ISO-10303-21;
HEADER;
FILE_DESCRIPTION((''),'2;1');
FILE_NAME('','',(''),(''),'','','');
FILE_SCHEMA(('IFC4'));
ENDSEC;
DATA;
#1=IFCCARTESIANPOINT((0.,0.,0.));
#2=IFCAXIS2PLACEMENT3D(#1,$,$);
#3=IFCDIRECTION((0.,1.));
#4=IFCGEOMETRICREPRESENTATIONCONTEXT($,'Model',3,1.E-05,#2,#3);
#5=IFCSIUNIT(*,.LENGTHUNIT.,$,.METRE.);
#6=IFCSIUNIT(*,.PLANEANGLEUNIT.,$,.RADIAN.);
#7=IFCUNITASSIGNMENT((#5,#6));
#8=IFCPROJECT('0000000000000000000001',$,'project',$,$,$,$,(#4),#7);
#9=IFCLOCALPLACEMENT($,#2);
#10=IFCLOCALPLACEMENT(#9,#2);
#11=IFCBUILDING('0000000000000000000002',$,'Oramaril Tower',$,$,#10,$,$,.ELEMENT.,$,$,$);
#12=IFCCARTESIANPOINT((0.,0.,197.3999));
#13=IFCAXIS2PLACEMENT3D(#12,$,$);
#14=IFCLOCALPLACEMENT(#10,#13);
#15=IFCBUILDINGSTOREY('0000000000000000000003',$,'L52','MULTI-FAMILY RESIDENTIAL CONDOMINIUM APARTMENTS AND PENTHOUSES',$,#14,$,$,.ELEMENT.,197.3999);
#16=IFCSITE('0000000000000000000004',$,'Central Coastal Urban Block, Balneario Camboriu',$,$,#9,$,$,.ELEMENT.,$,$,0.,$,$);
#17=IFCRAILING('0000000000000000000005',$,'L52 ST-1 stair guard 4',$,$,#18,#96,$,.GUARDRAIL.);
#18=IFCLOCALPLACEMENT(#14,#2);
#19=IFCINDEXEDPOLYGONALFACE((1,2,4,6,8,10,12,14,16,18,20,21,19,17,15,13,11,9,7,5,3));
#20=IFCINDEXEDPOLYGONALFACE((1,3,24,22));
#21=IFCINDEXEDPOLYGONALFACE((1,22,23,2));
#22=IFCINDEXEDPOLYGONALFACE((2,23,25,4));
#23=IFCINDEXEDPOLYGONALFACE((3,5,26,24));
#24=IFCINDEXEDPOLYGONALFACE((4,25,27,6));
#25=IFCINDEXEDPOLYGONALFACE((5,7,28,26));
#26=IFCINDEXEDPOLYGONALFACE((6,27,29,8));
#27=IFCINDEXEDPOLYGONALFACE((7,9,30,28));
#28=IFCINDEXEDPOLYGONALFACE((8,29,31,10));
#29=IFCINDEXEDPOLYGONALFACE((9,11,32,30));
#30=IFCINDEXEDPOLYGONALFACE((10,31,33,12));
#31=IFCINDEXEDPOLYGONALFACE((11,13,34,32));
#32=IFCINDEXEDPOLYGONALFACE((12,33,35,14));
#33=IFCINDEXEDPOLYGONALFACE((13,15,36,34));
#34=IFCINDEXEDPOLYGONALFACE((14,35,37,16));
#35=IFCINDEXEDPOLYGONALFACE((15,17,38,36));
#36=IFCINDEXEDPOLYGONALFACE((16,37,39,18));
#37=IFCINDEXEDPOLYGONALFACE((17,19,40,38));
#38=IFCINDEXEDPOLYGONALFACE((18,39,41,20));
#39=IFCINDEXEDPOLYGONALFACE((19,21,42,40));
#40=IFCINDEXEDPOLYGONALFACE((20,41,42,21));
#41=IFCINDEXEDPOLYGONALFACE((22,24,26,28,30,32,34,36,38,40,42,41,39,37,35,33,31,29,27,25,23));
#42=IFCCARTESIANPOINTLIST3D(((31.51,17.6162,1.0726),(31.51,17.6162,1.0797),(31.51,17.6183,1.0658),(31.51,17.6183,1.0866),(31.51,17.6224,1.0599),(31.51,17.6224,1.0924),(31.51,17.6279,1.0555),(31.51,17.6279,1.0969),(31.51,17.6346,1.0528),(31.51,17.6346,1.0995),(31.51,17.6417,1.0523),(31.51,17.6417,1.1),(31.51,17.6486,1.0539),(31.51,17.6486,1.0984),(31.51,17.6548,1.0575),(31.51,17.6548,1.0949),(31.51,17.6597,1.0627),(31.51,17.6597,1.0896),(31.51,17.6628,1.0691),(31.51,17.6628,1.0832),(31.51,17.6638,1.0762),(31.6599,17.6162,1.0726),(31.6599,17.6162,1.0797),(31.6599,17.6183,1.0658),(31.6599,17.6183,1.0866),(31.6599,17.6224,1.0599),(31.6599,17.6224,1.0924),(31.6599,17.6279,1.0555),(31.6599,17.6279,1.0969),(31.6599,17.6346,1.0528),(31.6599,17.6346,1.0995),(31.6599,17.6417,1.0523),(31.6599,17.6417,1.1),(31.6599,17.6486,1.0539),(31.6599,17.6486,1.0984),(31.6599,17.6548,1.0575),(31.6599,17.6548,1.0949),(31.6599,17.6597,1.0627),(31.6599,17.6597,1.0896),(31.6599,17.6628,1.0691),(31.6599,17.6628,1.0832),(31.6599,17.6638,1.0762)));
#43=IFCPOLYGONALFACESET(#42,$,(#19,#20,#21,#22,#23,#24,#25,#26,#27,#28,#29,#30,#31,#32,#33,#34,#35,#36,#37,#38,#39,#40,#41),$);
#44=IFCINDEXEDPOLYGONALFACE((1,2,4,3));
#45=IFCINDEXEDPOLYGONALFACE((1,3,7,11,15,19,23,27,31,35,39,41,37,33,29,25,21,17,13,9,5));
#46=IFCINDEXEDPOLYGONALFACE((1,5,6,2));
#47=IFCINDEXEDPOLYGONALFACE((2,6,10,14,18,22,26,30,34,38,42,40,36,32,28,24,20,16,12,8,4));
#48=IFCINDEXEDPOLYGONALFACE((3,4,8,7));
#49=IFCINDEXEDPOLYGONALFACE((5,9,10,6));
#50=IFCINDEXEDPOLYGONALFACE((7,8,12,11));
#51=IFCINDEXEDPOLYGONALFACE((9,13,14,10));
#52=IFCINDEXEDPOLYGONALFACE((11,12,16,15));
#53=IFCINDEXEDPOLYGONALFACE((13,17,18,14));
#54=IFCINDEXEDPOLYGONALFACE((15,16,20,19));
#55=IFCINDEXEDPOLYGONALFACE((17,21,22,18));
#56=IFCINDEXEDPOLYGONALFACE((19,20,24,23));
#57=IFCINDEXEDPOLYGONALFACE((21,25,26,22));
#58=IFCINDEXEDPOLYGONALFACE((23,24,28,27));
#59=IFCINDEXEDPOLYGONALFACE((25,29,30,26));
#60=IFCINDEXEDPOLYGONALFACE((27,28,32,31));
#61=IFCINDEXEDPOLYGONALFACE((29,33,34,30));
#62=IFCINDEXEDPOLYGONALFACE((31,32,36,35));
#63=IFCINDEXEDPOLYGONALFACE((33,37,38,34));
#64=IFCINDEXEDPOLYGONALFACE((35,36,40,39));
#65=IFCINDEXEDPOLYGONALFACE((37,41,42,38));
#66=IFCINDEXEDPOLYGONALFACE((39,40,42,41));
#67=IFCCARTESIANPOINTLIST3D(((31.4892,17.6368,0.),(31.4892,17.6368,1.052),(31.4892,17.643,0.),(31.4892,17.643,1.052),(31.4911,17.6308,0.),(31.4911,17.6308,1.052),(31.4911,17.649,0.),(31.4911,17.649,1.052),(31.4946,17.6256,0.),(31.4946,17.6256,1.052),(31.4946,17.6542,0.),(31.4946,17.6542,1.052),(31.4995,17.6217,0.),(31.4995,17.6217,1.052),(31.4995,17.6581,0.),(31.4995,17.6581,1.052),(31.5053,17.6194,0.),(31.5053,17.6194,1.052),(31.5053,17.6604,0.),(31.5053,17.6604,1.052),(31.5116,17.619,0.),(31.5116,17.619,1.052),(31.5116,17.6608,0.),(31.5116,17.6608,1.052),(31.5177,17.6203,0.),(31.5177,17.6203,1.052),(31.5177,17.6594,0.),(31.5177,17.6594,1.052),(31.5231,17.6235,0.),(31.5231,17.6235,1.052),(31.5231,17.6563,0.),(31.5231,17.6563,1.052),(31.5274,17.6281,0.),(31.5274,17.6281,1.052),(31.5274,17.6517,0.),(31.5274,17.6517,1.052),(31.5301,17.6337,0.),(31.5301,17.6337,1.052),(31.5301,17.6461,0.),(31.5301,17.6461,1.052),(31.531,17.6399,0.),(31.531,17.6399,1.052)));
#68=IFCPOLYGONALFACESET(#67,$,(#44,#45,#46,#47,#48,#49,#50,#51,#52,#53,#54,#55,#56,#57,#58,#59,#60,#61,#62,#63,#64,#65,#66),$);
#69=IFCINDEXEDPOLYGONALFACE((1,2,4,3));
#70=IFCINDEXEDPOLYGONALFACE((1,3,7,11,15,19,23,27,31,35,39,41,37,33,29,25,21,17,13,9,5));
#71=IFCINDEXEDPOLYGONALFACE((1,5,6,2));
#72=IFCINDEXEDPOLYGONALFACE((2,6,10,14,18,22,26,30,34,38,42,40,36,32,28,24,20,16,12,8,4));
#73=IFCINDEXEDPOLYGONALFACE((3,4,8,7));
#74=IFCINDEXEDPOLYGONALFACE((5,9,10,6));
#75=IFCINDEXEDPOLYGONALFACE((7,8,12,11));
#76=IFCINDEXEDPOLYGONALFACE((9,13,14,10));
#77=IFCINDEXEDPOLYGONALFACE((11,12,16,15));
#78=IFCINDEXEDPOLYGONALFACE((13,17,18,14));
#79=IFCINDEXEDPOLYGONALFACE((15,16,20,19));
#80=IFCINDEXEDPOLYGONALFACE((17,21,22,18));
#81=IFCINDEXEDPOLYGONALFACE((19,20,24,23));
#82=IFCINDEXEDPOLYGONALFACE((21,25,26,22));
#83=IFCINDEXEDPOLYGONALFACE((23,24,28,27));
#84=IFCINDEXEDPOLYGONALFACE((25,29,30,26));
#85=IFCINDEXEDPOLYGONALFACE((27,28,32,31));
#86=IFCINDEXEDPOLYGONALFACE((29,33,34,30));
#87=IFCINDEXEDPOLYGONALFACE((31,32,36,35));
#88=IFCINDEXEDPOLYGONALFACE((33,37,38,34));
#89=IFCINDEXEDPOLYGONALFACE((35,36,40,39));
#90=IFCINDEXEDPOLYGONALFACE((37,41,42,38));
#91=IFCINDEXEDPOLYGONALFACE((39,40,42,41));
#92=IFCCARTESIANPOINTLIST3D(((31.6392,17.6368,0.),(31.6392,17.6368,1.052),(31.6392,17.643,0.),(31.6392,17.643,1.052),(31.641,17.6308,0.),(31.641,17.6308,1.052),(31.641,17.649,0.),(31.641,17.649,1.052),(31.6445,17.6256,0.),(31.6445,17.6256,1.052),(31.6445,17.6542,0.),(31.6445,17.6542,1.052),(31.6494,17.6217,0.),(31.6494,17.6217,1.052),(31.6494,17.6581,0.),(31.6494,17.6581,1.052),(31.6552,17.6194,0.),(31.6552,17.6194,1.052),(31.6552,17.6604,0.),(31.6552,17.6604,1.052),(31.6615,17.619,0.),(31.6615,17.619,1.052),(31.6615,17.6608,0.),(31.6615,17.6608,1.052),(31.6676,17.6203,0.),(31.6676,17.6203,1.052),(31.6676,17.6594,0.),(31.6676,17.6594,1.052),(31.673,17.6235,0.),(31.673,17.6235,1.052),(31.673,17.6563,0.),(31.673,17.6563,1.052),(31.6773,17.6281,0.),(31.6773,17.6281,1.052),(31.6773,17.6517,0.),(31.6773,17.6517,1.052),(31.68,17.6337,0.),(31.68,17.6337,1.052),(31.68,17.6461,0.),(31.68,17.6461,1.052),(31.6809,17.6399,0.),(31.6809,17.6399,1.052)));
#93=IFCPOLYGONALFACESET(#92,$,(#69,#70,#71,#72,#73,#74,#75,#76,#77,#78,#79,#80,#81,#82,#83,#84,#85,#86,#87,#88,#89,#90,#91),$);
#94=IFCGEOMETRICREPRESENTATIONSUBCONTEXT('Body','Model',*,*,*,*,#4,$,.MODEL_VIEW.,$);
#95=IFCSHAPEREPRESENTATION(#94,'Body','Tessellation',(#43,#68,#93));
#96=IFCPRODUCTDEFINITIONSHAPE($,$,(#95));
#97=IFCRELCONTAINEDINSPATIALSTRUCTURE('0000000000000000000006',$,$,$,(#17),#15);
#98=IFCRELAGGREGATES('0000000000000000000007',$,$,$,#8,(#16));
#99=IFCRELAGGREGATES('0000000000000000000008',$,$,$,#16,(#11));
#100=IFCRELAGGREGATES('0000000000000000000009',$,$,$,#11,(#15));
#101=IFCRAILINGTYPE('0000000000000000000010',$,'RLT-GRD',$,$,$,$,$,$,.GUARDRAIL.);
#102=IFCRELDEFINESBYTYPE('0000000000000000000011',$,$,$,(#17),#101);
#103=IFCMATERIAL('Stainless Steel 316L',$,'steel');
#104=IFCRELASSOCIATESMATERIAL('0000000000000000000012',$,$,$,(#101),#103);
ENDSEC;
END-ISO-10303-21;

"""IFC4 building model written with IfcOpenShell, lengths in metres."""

from ifc_helpers import new_model, si_unit, direction, frame, origin, origin_2d, place, context, subcontext, project, spatial, circle, extrude, material, type_object, element, save


model = new_model("IFC4")

# Units and contexts
model_context = context("Model", 3, precision=1e-05, world=origin(), true_north=direction((0.0, 1.0)))
body_context = subcontext(model_context, "Body", "Model", "MODEL_VIEW")
ifc_project = project(units=[si_unit("LENGTHUNIT", "METRE"), si_unit("PLANEANGLEUNIT", "RADIAN")], contexts=[model_context])

# Site, building, storey
site_placement = place(None, origin())
site = spatial("IfcSite", under=ifc_project, at=site_placement, Name="Central Coastal Urban Block, Balneario Camboriu", CompositionType="ELEMENT", RefElevation=0.0)
building_placement = place(site_placement, origin())
building = spatial("IfcBuilding", under=site, at=building_placement, Name="Oramaril Tower", CompositionType="ELEMENT")
storey_placement = place(building_placement, frame((0.0, 0.0, 197.3999)))
storey = spatial("IfcBuildingStorey", under=building, at=storey_placement, Name="L52", Description="MULTI-FAMILY RESIDENTIAL CONDOMINIUM APARTMENTS AND PENTHOUSES", CompositionType="ELEMENT", Elevation=197.3999)

# Railing
ifc_material_1 = material(Name="Stainless Steel 316L", Category="steel")
railing_type_1 = type_object("IfcRailingType", Name="RLT-GRD", PredefinedType="GUARDRAIL", material=ifc_material_1)
railing_1_placement = place(storey_placement, frame((31.51, 17.6399, 0.0)))
element("IfcRailing", 1, at=railing_1_placement, inside=storey, type_object=railing_type_1, Name="L52 ST-1 stair guard 4", PredefinedType="GUARDRAIL", context=body_context, shape_type="SweptSolid", body=[
    extrude(circle(Radius=0.0239, at=origin_2d()), frame((0.0, 0.0, 1.0762), z_axis=(1.0, 0.0, 0.0), x_axis=(0.0, 1.0, 0.0)), (0.0, 0.0, 1.0), 0.1499),
    extrude(circle(Radius=0.021, at=origin_2d()), origin(), (0.0, 0.0, 1.0), 1.052),
    extrude(circle(Radius=0.021, at=origin_2d()), frame((0.1499, 0.0, 0.0)), (0.0, 0.0, 1.0), 1.052),
])

save(model, "model.ifc")
